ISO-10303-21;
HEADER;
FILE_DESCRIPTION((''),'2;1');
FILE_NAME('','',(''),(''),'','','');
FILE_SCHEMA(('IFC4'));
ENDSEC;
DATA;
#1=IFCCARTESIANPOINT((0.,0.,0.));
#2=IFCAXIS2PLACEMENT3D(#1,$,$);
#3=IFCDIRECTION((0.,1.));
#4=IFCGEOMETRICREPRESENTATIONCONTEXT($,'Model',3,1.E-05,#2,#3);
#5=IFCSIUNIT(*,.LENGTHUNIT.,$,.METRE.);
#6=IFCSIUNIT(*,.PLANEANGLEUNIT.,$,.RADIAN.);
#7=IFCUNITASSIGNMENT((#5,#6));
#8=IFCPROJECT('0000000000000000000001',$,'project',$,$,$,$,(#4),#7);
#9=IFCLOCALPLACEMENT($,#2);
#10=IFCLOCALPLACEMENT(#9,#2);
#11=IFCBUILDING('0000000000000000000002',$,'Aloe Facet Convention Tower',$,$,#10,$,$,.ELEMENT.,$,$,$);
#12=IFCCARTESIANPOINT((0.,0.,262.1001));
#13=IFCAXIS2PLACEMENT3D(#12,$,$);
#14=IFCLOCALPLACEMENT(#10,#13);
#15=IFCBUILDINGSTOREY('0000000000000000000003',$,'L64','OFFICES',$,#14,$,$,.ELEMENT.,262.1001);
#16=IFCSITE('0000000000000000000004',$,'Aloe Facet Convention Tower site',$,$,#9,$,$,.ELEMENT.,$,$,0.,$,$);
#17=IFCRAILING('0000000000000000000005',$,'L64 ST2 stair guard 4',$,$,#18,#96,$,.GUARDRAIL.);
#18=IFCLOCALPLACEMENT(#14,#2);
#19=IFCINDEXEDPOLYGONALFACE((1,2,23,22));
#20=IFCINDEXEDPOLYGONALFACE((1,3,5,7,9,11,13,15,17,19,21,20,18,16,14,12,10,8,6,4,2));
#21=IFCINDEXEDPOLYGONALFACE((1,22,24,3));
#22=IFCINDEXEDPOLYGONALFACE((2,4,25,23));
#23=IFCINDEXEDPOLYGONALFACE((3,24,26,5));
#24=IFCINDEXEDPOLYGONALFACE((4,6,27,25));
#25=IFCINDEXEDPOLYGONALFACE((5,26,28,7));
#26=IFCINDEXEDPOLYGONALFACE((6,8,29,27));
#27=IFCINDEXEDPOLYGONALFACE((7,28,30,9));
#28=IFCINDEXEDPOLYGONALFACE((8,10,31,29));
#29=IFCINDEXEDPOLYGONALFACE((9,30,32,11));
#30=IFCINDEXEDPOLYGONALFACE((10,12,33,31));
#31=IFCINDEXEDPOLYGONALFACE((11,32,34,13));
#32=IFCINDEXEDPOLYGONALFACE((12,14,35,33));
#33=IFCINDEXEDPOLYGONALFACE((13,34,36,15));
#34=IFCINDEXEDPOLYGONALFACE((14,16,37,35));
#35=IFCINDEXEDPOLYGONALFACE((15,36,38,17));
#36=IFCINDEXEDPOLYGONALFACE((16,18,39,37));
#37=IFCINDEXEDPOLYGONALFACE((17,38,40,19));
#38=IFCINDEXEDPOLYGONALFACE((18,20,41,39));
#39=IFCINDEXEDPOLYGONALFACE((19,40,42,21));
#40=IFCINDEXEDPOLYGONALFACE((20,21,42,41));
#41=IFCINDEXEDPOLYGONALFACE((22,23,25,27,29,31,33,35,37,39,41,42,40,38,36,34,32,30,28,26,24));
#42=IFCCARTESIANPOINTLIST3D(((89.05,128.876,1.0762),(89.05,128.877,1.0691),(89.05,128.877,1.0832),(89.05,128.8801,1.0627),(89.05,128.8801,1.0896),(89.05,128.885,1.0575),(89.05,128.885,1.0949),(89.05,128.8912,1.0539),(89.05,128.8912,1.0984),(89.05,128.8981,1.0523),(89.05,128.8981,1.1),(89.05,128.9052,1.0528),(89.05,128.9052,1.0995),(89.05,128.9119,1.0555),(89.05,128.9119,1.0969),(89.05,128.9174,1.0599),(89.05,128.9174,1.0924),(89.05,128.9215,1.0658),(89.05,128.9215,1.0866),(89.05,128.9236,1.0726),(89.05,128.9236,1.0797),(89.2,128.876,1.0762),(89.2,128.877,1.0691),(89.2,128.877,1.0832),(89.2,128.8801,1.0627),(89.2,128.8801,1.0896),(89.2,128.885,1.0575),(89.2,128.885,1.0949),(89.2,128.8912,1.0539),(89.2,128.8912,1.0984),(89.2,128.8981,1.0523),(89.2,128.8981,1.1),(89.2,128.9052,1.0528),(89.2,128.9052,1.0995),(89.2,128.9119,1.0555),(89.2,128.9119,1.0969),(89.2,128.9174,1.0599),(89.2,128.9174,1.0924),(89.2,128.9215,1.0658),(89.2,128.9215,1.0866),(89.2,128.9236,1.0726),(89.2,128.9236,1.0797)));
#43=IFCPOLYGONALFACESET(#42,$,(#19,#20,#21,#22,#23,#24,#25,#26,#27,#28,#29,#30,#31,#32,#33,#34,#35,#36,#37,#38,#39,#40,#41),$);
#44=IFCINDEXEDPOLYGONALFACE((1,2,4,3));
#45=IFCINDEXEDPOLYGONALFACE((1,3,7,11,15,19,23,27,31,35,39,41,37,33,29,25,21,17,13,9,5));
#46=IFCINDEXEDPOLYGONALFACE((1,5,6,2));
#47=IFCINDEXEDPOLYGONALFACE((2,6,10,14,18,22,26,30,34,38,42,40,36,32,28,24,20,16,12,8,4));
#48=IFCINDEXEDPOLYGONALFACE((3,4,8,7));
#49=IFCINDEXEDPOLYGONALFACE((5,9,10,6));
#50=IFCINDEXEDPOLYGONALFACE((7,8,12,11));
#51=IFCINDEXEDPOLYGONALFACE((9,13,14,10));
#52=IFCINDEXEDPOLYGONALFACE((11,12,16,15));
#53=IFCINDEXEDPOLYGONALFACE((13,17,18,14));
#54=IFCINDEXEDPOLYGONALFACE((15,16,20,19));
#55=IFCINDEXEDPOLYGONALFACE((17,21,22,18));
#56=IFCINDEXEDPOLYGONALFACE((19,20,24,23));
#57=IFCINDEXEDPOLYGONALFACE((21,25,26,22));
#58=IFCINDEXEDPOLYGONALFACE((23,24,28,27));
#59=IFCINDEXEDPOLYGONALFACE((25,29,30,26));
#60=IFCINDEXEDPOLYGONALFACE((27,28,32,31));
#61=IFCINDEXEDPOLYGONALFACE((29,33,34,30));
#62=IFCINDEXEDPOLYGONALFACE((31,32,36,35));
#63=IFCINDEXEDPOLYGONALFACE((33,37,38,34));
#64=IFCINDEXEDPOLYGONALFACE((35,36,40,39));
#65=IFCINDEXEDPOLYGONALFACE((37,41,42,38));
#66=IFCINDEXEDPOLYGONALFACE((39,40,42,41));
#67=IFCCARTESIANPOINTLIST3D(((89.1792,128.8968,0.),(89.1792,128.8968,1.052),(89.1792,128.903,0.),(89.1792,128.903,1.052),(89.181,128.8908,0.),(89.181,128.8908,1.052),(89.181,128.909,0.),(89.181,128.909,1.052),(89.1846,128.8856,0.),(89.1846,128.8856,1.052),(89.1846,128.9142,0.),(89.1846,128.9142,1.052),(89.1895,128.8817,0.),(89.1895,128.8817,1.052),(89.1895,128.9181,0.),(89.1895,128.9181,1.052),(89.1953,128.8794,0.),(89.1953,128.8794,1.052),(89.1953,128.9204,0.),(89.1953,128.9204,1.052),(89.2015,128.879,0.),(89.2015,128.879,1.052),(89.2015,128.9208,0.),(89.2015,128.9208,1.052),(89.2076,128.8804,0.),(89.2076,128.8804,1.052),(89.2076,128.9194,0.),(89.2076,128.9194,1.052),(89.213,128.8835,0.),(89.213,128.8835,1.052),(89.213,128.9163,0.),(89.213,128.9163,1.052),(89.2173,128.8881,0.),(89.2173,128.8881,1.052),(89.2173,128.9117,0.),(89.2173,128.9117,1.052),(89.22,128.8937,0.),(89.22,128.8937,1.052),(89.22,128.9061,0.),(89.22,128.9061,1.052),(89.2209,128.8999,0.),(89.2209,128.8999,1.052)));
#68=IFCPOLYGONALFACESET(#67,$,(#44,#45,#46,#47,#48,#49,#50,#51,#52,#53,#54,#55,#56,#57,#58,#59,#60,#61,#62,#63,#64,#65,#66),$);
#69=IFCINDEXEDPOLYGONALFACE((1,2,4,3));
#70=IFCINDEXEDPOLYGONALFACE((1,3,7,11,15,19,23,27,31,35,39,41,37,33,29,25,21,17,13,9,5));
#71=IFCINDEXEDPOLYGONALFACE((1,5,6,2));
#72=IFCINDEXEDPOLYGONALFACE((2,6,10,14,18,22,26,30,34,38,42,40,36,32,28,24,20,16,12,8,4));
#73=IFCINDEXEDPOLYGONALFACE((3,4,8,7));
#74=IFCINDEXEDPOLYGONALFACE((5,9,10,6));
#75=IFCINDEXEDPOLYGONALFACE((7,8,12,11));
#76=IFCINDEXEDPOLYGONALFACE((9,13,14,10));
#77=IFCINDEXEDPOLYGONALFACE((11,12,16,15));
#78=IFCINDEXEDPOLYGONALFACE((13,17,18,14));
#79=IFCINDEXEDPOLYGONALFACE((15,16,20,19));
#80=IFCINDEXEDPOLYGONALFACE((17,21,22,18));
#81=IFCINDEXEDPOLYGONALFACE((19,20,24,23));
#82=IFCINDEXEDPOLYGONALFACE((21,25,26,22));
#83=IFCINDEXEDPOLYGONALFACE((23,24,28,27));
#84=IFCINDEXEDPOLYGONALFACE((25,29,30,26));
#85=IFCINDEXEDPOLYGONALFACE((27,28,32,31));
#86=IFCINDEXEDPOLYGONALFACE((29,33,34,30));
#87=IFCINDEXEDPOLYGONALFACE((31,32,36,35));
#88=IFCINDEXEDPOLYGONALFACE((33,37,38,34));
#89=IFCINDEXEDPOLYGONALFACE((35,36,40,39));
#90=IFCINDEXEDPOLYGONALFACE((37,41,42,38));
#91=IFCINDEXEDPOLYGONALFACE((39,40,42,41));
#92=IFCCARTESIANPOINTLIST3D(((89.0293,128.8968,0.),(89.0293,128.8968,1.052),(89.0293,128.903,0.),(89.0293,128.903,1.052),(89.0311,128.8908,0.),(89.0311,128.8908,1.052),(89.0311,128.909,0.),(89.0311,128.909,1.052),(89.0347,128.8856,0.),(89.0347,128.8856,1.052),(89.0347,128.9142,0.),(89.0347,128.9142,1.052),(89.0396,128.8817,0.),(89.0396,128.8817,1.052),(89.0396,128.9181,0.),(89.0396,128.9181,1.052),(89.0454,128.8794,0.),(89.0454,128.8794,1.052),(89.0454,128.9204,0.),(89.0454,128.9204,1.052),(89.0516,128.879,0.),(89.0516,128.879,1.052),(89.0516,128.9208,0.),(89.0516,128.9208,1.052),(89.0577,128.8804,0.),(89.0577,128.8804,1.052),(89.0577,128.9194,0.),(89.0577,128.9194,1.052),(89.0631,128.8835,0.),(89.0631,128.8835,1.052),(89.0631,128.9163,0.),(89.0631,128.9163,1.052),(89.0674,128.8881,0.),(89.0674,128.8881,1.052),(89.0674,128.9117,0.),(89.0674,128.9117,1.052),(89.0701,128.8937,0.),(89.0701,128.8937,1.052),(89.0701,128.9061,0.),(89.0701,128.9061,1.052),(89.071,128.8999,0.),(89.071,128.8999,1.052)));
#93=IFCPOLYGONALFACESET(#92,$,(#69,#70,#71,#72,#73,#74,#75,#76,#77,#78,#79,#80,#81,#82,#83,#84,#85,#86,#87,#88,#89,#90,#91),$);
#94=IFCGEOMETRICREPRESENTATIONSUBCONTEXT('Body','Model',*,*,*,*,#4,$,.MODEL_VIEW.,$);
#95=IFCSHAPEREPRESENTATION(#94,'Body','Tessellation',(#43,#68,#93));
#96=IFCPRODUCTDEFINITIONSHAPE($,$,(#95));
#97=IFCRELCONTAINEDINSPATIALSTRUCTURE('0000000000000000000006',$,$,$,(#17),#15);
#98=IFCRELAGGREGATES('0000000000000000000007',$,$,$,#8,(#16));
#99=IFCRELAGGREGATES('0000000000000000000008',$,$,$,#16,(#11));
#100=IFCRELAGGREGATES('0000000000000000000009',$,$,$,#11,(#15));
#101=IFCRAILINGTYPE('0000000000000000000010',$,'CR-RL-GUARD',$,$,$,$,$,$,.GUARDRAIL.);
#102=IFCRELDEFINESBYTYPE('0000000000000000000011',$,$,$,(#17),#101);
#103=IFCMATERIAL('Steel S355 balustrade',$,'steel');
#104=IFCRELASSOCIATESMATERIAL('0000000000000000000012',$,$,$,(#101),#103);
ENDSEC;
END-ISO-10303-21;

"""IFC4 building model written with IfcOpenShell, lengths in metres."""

from ifc_helpers import new_model, si_unit, direction, frame, origin, origin_2d, place, context, subcontext, project, spatial, circle, extrude, material, type_object, element, save


model = new_model("IFC4")

# Units and contexts
model_context = context("Model", 3, precision=1e-05, world=origin(), true_north=direction((0.0, 1.0)))
body_context = subcontext(model_context, "Body", "Model", "MODEL_VIEW")
ifc_project = project(units=[si_unit("LENGTHUNIT", "METRE"), si_unit("PLANEANGLEUNIT", "RADIAN")], contexts=[model_context])

# Site, building, storey
site_placement = place(None, origin())
site = spatial("IfcSite", under=ifc_project, at=site_placement, Name="Aloe Facet Convention Tower site", CompositionType="ELEMENT", RefElevation=0.0)
building_placement = place(site_placement, origin())
building = spatial("IfcBuilding", under=site, at=building_placement, Name="Aloe Facet Convention Tower", CompositionType="ELEMENT")
storey_placement = place(building_placement, frame((0.0, 0.0, 262.1001)))
storey = spatial("IfcBuildingStorey", under=building, at=storey_placement, Name="L64", Description="OFFICES", CompositionType="ELEMENT", Elevation=262.1001)

# Railing
ifc_material_1 = material(Name="Steel S355 balustrade", Category="steel")
railing_type_1 = type_object("IfcRailingType", Name="CR-RL-GUARD", PredefinedType="GUARDRAIL", material=ifc_material_1)
railing_1_placement = place(storey_placement, frame((89.2, 128.8999, 0.0)))
element("IfcRailing", 1, at=railing_1_placement, inside=storey, type_object=railing_type_1, Name="L64 ST2 stair guard 4", PredefinedType="GUARDRAIL", context=body_context, shape_type="SweptSolid", body=[
    extrude(circle(Radius=0.0239, at=origin_2d()), frame((0.0, 0.0, 1.0762), z_axis=(-1.0, 0.0, 0.0), x_axis=(0.0, -1.0, 0.0)), (0.0, 0.0, 1.0), 0.1499),
    extrude(circle(Radius=0.021, at=origin_2d()), origin(), (0.0, 0.0, 1.0), 1.052),
    extrude(circle(Radius=0.021, at=origin_2d()), frame((-0.1499, 0.0, 0.0)), (0.0, 0.0, 1.0), 1.052),
])

save(model, "model.ifc")
